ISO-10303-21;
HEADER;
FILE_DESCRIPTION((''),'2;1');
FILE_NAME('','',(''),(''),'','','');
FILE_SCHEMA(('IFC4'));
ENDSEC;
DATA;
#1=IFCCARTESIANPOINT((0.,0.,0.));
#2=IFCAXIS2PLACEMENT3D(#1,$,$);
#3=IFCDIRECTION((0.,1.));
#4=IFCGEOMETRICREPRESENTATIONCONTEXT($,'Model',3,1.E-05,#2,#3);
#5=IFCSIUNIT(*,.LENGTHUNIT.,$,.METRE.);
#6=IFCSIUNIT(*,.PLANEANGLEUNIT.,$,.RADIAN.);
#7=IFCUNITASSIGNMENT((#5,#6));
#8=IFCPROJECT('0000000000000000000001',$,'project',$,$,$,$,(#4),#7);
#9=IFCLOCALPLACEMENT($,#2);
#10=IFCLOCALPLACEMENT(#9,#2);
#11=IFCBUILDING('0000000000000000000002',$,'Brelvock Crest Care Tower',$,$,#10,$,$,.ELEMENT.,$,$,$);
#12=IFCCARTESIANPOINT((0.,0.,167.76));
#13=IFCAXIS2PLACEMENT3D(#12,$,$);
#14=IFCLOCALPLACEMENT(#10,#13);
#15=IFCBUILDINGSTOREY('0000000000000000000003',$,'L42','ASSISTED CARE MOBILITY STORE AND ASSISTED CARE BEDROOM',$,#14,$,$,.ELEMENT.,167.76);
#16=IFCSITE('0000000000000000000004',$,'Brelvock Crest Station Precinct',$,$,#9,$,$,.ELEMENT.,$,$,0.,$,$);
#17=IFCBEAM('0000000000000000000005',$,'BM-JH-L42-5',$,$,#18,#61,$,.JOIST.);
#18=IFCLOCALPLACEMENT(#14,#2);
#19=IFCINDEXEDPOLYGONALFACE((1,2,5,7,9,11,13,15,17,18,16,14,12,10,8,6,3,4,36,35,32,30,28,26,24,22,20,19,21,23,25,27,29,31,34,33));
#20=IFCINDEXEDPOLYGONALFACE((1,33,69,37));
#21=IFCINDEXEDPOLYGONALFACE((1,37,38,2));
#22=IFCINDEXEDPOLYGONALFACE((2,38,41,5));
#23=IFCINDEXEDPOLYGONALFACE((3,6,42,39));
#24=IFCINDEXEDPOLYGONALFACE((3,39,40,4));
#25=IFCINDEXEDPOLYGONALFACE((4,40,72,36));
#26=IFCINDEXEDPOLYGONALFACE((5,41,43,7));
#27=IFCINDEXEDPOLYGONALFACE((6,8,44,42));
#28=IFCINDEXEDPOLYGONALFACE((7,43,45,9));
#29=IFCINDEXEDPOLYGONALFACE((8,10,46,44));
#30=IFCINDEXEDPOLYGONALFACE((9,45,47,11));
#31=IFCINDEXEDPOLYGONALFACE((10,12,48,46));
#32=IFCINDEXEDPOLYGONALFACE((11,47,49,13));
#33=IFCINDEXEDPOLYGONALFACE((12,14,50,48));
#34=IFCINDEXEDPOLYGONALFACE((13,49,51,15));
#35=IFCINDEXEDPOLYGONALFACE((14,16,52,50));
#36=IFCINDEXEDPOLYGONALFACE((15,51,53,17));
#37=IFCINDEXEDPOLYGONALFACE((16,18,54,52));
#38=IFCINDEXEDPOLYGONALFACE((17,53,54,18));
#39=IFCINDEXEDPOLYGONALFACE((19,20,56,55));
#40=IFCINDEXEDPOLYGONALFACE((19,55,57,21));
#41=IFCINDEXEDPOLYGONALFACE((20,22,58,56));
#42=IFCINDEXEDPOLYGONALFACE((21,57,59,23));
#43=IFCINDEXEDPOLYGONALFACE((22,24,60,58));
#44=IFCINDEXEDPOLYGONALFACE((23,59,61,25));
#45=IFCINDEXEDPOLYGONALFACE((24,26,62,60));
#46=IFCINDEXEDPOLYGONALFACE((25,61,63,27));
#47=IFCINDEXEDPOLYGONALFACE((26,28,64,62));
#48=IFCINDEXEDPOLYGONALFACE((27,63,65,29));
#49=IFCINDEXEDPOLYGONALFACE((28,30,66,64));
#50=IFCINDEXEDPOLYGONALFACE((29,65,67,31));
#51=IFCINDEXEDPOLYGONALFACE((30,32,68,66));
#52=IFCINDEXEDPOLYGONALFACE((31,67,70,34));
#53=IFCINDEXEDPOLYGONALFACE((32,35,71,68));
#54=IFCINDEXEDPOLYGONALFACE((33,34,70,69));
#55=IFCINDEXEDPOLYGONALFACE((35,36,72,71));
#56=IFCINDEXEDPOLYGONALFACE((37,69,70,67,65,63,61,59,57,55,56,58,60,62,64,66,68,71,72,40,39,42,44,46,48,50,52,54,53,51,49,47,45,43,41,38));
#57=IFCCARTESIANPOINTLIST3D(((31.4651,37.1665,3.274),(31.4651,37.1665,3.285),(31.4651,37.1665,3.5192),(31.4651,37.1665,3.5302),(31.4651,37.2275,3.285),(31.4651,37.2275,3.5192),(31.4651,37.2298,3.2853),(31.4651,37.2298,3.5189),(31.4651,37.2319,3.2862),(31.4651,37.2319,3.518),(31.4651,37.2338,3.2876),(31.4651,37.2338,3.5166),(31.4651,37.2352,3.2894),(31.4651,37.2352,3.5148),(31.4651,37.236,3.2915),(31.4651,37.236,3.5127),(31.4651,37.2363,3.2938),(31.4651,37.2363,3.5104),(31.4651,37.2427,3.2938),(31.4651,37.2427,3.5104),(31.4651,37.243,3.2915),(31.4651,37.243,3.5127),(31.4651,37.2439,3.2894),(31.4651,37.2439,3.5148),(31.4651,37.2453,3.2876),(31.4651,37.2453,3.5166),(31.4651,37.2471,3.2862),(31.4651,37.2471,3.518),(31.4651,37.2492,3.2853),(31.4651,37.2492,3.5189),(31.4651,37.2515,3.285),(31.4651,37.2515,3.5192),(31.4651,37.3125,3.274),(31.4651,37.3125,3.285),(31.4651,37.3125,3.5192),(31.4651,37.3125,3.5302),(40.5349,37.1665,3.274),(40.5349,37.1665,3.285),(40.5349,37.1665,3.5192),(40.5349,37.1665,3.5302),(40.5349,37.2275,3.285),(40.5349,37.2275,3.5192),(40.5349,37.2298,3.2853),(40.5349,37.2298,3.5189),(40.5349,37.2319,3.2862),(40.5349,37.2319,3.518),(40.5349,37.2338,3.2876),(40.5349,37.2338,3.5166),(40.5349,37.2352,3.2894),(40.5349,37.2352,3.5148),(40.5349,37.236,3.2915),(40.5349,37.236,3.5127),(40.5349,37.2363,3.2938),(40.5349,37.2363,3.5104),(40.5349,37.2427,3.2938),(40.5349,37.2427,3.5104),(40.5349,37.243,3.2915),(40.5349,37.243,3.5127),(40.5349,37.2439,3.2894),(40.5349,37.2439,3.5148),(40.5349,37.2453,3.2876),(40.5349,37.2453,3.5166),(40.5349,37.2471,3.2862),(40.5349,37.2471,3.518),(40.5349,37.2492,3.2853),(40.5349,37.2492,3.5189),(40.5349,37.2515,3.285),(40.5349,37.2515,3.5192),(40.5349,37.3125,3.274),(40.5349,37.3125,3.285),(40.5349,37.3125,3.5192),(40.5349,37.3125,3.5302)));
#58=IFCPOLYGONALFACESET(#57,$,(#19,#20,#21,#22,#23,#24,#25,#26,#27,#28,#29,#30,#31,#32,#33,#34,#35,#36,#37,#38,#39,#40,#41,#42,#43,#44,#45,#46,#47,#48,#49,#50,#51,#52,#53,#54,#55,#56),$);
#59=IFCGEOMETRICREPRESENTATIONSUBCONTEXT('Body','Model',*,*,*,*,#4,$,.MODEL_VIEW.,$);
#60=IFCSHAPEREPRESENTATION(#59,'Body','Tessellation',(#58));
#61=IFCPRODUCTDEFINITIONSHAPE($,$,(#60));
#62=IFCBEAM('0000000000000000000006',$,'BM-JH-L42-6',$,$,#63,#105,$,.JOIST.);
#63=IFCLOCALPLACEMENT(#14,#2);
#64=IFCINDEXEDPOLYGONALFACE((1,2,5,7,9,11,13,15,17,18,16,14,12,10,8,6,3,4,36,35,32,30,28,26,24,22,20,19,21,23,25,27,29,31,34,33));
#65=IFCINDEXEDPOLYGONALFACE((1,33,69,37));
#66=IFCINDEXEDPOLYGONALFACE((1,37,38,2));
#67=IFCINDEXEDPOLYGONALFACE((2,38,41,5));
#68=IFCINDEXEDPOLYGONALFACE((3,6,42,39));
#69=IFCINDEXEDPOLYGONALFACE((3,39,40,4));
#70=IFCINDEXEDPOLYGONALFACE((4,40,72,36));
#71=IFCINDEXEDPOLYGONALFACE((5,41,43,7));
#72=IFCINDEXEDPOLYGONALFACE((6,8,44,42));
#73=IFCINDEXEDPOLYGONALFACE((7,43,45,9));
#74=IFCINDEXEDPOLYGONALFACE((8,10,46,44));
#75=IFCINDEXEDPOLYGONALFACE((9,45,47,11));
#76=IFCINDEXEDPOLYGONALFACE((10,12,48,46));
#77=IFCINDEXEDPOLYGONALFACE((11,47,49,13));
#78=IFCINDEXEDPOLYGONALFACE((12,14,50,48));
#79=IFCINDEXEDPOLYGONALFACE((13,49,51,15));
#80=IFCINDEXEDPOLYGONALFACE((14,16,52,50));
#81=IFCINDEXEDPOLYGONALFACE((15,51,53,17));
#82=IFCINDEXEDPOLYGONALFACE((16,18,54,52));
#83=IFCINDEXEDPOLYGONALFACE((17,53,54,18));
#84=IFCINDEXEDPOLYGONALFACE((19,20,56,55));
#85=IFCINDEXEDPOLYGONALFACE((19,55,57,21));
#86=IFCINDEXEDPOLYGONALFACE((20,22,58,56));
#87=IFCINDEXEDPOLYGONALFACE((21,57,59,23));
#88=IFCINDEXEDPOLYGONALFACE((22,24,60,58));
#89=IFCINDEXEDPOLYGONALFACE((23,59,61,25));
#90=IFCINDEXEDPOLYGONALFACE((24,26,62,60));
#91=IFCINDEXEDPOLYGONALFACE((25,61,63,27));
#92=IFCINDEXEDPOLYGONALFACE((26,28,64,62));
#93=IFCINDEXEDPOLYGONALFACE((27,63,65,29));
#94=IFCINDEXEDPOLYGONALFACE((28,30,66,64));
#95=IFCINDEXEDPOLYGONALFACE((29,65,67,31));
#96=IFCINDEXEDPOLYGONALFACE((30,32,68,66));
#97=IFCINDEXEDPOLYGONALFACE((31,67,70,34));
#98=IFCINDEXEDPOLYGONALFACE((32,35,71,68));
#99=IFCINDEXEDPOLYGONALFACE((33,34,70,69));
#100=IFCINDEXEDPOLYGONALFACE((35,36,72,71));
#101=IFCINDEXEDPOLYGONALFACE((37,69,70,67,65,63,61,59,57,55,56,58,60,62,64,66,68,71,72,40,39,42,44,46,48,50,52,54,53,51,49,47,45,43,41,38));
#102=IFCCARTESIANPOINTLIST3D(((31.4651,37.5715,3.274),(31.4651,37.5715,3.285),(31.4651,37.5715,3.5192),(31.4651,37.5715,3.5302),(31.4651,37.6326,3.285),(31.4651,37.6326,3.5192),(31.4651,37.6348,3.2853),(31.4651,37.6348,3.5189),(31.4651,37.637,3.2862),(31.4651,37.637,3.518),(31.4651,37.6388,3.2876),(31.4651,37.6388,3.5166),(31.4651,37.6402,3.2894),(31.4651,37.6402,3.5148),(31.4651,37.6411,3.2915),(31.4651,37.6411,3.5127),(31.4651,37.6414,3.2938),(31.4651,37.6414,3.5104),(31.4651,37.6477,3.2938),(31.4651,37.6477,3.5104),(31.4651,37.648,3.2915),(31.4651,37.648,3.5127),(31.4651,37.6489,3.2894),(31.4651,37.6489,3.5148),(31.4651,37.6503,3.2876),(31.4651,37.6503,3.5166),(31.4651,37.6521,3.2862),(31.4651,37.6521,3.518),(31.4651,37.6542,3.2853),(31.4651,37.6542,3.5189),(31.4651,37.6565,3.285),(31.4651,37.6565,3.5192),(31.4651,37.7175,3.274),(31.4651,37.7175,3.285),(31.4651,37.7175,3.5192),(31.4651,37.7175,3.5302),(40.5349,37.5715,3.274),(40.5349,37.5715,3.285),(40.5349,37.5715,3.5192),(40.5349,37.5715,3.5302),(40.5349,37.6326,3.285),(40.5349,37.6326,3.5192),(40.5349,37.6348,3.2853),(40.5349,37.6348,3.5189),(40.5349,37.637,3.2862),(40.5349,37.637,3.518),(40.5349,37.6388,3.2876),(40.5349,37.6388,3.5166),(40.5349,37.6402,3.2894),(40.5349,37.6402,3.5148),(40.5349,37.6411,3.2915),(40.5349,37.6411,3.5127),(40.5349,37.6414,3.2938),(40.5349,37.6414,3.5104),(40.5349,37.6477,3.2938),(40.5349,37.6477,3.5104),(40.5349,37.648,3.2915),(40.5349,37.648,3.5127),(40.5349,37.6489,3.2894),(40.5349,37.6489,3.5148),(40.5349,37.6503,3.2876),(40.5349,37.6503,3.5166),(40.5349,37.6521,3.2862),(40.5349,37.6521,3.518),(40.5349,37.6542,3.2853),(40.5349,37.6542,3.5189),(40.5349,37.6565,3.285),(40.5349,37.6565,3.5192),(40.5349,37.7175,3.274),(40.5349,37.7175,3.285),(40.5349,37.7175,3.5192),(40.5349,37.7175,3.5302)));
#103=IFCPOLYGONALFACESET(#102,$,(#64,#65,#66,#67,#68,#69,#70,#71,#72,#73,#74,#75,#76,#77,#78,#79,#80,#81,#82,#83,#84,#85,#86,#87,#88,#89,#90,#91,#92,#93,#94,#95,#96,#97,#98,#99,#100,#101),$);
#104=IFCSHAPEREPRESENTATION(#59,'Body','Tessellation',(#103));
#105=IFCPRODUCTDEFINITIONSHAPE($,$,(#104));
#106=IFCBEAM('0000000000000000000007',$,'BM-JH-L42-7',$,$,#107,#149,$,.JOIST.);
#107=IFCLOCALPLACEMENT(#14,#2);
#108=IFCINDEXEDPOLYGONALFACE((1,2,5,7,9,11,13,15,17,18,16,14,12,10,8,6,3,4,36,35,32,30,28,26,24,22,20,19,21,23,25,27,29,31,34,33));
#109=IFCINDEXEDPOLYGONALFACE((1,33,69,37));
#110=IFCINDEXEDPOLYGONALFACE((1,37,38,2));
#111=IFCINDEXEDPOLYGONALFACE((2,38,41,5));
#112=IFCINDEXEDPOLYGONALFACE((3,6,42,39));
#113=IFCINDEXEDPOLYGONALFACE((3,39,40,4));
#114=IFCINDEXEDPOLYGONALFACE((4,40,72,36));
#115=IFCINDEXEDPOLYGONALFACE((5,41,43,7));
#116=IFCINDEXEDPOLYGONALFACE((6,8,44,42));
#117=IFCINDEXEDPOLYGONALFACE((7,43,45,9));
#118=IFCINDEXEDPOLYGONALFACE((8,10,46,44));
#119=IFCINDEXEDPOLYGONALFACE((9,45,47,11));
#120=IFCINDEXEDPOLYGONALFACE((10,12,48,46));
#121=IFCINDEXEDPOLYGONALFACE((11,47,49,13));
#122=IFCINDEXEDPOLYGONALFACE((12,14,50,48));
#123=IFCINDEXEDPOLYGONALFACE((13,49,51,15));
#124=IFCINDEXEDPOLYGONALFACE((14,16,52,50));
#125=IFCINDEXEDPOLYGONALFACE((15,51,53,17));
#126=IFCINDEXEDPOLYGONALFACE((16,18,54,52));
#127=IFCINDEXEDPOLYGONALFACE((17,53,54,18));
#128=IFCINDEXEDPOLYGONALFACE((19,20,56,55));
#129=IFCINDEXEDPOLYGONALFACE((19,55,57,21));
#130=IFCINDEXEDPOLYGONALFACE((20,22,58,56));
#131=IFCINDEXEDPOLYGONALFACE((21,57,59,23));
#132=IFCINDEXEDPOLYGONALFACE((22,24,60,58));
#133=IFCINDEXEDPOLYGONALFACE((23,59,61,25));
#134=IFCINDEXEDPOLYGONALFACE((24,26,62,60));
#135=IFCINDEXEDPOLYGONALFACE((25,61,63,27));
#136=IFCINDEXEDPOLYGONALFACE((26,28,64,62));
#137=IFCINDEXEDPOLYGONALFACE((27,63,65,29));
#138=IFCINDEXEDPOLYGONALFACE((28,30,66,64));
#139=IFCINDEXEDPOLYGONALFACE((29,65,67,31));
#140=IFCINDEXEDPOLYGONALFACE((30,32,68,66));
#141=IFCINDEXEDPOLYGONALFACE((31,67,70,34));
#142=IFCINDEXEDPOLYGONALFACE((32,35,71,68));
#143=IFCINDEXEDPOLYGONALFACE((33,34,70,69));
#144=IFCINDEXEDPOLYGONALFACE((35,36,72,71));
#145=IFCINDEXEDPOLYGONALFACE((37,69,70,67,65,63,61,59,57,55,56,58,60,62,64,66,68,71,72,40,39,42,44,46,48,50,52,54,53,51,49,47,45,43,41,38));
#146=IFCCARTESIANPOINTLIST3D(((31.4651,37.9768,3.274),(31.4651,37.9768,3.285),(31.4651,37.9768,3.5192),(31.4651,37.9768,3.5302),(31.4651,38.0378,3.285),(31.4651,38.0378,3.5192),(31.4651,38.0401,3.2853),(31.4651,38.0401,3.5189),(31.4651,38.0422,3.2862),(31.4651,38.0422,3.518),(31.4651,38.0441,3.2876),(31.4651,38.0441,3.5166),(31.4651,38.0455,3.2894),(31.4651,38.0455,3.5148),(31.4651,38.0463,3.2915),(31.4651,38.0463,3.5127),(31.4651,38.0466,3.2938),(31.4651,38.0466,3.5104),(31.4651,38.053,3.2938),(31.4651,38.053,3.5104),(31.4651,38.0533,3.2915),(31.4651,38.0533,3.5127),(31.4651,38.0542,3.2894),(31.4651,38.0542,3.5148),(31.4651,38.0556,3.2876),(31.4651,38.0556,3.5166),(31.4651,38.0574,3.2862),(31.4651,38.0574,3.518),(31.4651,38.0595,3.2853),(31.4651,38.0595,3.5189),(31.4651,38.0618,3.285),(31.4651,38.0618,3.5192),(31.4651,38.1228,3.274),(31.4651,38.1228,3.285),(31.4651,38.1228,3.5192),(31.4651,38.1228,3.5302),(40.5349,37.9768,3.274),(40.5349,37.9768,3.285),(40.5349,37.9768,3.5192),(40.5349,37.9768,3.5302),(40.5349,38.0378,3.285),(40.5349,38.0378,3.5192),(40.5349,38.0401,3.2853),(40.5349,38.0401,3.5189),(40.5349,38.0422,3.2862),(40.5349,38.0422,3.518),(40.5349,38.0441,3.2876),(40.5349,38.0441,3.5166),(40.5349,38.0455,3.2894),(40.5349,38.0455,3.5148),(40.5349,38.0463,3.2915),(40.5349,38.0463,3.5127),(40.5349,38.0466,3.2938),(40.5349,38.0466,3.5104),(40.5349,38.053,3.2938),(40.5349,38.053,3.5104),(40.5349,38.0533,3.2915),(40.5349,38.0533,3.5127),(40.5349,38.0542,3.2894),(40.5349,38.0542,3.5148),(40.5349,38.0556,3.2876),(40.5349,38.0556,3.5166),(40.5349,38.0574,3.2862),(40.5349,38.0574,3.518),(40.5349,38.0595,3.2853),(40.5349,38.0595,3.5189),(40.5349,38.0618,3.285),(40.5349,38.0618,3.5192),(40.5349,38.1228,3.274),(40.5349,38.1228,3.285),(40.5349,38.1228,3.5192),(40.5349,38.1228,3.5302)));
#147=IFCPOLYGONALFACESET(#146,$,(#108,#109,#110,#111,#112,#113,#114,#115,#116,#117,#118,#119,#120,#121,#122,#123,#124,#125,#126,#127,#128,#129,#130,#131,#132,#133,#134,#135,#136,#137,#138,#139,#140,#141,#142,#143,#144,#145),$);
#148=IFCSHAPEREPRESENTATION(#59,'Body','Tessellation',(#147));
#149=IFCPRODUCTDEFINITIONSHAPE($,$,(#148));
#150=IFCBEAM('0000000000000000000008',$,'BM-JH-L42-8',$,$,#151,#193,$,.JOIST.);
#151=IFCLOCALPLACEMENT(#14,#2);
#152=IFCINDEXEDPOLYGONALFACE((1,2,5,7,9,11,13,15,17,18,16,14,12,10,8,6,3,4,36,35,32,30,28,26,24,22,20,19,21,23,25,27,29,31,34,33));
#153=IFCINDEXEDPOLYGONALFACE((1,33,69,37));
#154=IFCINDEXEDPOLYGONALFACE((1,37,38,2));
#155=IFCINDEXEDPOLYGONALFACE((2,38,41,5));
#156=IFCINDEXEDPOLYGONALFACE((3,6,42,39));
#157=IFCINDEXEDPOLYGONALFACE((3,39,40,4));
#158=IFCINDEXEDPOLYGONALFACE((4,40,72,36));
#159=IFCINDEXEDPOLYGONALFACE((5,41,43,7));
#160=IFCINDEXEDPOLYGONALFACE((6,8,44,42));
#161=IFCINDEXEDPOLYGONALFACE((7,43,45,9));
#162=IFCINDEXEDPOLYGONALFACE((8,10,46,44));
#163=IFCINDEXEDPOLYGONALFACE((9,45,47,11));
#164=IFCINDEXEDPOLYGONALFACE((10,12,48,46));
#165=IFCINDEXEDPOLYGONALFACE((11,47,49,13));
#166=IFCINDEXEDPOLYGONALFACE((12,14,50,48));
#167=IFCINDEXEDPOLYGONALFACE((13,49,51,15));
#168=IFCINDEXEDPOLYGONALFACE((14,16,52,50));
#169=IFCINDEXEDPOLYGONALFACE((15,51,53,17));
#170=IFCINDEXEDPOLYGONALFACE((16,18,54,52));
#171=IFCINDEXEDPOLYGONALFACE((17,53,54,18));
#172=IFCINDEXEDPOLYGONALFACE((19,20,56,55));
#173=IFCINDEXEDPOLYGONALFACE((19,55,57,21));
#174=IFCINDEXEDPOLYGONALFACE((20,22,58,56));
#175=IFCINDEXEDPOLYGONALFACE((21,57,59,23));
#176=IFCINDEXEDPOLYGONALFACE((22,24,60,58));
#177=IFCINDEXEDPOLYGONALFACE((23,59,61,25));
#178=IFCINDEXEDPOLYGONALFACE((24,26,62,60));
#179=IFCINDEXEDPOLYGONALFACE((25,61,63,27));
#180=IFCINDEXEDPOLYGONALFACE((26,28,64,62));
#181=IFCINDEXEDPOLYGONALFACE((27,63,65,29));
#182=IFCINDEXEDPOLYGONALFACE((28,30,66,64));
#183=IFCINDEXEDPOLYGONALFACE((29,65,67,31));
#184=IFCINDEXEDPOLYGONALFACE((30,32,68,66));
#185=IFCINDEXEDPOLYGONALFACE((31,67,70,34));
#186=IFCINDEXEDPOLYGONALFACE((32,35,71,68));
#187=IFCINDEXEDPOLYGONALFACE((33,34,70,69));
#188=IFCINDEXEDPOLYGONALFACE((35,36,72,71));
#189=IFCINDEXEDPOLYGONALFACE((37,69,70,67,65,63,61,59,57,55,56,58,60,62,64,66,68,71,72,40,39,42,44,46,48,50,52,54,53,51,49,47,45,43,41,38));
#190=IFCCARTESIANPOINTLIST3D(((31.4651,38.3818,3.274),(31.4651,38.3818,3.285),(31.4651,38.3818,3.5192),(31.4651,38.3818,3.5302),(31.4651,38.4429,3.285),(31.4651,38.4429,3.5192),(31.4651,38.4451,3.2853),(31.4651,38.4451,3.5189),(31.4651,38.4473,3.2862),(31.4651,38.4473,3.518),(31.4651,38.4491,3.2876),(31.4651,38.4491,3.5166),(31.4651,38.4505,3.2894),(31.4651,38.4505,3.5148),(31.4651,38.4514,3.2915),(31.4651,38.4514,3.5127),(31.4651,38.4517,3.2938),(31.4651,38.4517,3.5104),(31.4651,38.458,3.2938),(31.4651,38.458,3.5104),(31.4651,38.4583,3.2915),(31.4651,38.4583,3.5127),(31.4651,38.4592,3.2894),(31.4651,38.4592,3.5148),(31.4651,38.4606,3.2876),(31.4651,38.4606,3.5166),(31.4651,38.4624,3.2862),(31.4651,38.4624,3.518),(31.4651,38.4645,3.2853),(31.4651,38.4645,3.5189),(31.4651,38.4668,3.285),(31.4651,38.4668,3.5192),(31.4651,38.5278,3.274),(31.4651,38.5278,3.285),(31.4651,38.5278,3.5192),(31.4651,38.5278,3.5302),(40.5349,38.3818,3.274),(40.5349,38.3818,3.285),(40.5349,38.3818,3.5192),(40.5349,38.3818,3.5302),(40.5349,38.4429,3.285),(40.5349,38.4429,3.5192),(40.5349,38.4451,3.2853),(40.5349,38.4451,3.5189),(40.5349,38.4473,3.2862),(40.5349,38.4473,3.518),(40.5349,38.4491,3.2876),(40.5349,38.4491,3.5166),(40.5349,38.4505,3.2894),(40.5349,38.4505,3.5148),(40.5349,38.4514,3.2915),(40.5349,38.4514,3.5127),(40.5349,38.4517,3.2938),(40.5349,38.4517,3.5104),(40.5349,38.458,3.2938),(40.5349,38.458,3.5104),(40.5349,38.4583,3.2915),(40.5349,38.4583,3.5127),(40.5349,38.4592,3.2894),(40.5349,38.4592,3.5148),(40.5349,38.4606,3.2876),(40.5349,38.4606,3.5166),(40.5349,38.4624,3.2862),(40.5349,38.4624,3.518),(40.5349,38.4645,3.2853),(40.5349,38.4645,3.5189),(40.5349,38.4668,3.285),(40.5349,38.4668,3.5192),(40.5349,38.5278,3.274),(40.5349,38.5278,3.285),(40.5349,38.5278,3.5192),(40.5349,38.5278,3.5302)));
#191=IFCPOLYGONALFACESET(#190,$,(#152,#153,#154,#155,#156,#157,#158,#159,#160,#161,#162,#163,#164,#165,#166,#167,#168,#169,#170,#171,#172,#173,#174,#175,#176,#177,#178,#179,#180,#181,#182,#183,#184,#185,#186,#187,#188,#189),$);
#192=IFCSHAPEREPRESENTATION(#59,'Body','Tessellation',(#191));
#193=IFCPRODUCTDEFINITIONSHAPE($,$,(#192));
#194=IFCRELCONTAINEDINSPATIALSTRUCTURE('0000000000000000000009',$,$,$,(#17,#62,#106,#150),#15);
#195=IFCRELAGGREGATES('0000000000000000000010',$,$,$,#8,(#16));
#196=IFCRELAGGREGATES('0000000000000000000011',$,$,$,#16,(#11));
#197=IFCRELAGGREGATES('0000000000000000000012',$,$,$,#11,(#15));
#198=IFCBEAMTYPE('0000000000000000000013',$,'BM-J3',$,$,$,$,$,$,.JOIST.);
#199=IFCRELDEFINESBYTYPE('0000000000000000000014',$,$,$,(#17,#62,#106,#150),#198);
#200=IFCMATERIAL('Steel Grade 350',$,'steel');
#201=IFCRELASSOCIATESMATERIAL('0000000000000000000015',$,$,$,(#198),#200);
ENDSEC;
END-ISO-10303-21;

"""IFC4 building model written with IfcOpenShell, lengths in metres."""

from ifc_helpers import new_model, si_unit, direction, frame, origin, origin_2d, place, context, subcontext, project, spatial, i_section, extrude, source, transform, mapped, material, material_profile, profile_set, type_object, element, save


model = new_model("IFC4")

# Units and contexts
model_context = context("Model", 3, precision=1e-05, world=origin(), true_north=direction((0.0, 1.0)))
body_context = subcontext(model_context, "Body", "Model", "MODEL_VIEW")
ifc_project = project(units=[si_unit("LENGTHUNIT", "METRE"), si_unit("PLANEANGLEUNIT", "RADIAN")], contexts=[model_context])

# Site, building, storey
site_placement = place(None, origin())
site = spatial("IfcSite", under=ifc_project, at=site_placement, Name="Brelvock Crest Station Precinct", CompositionType="ELEMENT", RefElevation=0.0)
building_placement = place(site_placement, origin())
building = spatial("IfcBuilding", under=site, at=building_placement, Name="Brelvock Crest Care Tower", CompositionType="ELEMENT")
storey_placement = place(building_placement, frame((0.0, 0.0, 167.76)))
storey = spatial("IfcBuildingStorey", under=building, at=storey_placement, Name="L42", Description="ASSISTED CARE MOBILITY STORE AND ASSISTED CARE BEDROOM", CompositionType="ELEMENT", Elevation=167.76)

# Beams
ifc_material_1 = material(Name="Steel Grade 350", Category="steel")
ifc_material_profile_1 = material_profile(ifc_material_1, i_section(OverallWidth=0.146, OverallDepth=0.2561, WebThickness=0.0063, FlangeThickness=0.011, FilletRadius=0.0088, at=origin_2d()), Name="250UB37.3")
ifc_profile_set_1 = profile_set([ifc_material_profile_1], Name="Steel Grade 350")
beam_type_1 = type_object("IfcBeamType", Name="BM-J3", PredefinedType="JOIST", material=ifc_profile_set_1)
shared_shape_1 = source(origin(), body_context, "Body", "SweptSolid", [
    extrude(i_section(OverallWidth=0.146, OverallDepth=0.2561, WebThickness=0.0063, FlangeThickness=0.011, FilletRadius=0.0088, at=origin_2d()), origin(), (0.0, 0.0, 1.0), 9.0698),
])
for number, where, z_axis, x_axis, name in (
    (1, (31.4651, 37.2395, 3.4021), (1.0, 0.0, 0.0), (0.0, 1.0, 0.0), "BM-JH-L42-5"),
    (2, (31.4651, 37.6445, 3.4021), (1.0, 0.0, 0.0), (0.0, 1.0, 0.0), "BM-JH-L42-6"),
    (3, (31.4651, 38.0498, 3.4021), (1.0, 0.0, 0.0), (0.0, 1.0, 0.0), "BM-JH-L42-7"),
    (4, (31.4651, 38.4548, 3.4021), (1.0, 0.0, 0.0), (0.0, 1.0, 0.0), "BM-JH-L42-8"),
):
    element("IfcBeam", number, at=place(storey_placement, frame(where, z_axis=z_axis, x_axis=x_axis)), inside=storey, type_object=beam_type_1, Name=name, PredefinedType="JOIST", context=body_context, shape_type="MappedRepresentation", body=[
        mapped(shared_shape_1, transform((0.0, 0.0, 0.0), x_axis=(1.0, 0.0, 0.0), y_axis=(0.0, 1.0, 0.0), z_axis=(0.0, 0.0, 1.0), scale=1.0)),
    ])

save(model, "model.ifc")
